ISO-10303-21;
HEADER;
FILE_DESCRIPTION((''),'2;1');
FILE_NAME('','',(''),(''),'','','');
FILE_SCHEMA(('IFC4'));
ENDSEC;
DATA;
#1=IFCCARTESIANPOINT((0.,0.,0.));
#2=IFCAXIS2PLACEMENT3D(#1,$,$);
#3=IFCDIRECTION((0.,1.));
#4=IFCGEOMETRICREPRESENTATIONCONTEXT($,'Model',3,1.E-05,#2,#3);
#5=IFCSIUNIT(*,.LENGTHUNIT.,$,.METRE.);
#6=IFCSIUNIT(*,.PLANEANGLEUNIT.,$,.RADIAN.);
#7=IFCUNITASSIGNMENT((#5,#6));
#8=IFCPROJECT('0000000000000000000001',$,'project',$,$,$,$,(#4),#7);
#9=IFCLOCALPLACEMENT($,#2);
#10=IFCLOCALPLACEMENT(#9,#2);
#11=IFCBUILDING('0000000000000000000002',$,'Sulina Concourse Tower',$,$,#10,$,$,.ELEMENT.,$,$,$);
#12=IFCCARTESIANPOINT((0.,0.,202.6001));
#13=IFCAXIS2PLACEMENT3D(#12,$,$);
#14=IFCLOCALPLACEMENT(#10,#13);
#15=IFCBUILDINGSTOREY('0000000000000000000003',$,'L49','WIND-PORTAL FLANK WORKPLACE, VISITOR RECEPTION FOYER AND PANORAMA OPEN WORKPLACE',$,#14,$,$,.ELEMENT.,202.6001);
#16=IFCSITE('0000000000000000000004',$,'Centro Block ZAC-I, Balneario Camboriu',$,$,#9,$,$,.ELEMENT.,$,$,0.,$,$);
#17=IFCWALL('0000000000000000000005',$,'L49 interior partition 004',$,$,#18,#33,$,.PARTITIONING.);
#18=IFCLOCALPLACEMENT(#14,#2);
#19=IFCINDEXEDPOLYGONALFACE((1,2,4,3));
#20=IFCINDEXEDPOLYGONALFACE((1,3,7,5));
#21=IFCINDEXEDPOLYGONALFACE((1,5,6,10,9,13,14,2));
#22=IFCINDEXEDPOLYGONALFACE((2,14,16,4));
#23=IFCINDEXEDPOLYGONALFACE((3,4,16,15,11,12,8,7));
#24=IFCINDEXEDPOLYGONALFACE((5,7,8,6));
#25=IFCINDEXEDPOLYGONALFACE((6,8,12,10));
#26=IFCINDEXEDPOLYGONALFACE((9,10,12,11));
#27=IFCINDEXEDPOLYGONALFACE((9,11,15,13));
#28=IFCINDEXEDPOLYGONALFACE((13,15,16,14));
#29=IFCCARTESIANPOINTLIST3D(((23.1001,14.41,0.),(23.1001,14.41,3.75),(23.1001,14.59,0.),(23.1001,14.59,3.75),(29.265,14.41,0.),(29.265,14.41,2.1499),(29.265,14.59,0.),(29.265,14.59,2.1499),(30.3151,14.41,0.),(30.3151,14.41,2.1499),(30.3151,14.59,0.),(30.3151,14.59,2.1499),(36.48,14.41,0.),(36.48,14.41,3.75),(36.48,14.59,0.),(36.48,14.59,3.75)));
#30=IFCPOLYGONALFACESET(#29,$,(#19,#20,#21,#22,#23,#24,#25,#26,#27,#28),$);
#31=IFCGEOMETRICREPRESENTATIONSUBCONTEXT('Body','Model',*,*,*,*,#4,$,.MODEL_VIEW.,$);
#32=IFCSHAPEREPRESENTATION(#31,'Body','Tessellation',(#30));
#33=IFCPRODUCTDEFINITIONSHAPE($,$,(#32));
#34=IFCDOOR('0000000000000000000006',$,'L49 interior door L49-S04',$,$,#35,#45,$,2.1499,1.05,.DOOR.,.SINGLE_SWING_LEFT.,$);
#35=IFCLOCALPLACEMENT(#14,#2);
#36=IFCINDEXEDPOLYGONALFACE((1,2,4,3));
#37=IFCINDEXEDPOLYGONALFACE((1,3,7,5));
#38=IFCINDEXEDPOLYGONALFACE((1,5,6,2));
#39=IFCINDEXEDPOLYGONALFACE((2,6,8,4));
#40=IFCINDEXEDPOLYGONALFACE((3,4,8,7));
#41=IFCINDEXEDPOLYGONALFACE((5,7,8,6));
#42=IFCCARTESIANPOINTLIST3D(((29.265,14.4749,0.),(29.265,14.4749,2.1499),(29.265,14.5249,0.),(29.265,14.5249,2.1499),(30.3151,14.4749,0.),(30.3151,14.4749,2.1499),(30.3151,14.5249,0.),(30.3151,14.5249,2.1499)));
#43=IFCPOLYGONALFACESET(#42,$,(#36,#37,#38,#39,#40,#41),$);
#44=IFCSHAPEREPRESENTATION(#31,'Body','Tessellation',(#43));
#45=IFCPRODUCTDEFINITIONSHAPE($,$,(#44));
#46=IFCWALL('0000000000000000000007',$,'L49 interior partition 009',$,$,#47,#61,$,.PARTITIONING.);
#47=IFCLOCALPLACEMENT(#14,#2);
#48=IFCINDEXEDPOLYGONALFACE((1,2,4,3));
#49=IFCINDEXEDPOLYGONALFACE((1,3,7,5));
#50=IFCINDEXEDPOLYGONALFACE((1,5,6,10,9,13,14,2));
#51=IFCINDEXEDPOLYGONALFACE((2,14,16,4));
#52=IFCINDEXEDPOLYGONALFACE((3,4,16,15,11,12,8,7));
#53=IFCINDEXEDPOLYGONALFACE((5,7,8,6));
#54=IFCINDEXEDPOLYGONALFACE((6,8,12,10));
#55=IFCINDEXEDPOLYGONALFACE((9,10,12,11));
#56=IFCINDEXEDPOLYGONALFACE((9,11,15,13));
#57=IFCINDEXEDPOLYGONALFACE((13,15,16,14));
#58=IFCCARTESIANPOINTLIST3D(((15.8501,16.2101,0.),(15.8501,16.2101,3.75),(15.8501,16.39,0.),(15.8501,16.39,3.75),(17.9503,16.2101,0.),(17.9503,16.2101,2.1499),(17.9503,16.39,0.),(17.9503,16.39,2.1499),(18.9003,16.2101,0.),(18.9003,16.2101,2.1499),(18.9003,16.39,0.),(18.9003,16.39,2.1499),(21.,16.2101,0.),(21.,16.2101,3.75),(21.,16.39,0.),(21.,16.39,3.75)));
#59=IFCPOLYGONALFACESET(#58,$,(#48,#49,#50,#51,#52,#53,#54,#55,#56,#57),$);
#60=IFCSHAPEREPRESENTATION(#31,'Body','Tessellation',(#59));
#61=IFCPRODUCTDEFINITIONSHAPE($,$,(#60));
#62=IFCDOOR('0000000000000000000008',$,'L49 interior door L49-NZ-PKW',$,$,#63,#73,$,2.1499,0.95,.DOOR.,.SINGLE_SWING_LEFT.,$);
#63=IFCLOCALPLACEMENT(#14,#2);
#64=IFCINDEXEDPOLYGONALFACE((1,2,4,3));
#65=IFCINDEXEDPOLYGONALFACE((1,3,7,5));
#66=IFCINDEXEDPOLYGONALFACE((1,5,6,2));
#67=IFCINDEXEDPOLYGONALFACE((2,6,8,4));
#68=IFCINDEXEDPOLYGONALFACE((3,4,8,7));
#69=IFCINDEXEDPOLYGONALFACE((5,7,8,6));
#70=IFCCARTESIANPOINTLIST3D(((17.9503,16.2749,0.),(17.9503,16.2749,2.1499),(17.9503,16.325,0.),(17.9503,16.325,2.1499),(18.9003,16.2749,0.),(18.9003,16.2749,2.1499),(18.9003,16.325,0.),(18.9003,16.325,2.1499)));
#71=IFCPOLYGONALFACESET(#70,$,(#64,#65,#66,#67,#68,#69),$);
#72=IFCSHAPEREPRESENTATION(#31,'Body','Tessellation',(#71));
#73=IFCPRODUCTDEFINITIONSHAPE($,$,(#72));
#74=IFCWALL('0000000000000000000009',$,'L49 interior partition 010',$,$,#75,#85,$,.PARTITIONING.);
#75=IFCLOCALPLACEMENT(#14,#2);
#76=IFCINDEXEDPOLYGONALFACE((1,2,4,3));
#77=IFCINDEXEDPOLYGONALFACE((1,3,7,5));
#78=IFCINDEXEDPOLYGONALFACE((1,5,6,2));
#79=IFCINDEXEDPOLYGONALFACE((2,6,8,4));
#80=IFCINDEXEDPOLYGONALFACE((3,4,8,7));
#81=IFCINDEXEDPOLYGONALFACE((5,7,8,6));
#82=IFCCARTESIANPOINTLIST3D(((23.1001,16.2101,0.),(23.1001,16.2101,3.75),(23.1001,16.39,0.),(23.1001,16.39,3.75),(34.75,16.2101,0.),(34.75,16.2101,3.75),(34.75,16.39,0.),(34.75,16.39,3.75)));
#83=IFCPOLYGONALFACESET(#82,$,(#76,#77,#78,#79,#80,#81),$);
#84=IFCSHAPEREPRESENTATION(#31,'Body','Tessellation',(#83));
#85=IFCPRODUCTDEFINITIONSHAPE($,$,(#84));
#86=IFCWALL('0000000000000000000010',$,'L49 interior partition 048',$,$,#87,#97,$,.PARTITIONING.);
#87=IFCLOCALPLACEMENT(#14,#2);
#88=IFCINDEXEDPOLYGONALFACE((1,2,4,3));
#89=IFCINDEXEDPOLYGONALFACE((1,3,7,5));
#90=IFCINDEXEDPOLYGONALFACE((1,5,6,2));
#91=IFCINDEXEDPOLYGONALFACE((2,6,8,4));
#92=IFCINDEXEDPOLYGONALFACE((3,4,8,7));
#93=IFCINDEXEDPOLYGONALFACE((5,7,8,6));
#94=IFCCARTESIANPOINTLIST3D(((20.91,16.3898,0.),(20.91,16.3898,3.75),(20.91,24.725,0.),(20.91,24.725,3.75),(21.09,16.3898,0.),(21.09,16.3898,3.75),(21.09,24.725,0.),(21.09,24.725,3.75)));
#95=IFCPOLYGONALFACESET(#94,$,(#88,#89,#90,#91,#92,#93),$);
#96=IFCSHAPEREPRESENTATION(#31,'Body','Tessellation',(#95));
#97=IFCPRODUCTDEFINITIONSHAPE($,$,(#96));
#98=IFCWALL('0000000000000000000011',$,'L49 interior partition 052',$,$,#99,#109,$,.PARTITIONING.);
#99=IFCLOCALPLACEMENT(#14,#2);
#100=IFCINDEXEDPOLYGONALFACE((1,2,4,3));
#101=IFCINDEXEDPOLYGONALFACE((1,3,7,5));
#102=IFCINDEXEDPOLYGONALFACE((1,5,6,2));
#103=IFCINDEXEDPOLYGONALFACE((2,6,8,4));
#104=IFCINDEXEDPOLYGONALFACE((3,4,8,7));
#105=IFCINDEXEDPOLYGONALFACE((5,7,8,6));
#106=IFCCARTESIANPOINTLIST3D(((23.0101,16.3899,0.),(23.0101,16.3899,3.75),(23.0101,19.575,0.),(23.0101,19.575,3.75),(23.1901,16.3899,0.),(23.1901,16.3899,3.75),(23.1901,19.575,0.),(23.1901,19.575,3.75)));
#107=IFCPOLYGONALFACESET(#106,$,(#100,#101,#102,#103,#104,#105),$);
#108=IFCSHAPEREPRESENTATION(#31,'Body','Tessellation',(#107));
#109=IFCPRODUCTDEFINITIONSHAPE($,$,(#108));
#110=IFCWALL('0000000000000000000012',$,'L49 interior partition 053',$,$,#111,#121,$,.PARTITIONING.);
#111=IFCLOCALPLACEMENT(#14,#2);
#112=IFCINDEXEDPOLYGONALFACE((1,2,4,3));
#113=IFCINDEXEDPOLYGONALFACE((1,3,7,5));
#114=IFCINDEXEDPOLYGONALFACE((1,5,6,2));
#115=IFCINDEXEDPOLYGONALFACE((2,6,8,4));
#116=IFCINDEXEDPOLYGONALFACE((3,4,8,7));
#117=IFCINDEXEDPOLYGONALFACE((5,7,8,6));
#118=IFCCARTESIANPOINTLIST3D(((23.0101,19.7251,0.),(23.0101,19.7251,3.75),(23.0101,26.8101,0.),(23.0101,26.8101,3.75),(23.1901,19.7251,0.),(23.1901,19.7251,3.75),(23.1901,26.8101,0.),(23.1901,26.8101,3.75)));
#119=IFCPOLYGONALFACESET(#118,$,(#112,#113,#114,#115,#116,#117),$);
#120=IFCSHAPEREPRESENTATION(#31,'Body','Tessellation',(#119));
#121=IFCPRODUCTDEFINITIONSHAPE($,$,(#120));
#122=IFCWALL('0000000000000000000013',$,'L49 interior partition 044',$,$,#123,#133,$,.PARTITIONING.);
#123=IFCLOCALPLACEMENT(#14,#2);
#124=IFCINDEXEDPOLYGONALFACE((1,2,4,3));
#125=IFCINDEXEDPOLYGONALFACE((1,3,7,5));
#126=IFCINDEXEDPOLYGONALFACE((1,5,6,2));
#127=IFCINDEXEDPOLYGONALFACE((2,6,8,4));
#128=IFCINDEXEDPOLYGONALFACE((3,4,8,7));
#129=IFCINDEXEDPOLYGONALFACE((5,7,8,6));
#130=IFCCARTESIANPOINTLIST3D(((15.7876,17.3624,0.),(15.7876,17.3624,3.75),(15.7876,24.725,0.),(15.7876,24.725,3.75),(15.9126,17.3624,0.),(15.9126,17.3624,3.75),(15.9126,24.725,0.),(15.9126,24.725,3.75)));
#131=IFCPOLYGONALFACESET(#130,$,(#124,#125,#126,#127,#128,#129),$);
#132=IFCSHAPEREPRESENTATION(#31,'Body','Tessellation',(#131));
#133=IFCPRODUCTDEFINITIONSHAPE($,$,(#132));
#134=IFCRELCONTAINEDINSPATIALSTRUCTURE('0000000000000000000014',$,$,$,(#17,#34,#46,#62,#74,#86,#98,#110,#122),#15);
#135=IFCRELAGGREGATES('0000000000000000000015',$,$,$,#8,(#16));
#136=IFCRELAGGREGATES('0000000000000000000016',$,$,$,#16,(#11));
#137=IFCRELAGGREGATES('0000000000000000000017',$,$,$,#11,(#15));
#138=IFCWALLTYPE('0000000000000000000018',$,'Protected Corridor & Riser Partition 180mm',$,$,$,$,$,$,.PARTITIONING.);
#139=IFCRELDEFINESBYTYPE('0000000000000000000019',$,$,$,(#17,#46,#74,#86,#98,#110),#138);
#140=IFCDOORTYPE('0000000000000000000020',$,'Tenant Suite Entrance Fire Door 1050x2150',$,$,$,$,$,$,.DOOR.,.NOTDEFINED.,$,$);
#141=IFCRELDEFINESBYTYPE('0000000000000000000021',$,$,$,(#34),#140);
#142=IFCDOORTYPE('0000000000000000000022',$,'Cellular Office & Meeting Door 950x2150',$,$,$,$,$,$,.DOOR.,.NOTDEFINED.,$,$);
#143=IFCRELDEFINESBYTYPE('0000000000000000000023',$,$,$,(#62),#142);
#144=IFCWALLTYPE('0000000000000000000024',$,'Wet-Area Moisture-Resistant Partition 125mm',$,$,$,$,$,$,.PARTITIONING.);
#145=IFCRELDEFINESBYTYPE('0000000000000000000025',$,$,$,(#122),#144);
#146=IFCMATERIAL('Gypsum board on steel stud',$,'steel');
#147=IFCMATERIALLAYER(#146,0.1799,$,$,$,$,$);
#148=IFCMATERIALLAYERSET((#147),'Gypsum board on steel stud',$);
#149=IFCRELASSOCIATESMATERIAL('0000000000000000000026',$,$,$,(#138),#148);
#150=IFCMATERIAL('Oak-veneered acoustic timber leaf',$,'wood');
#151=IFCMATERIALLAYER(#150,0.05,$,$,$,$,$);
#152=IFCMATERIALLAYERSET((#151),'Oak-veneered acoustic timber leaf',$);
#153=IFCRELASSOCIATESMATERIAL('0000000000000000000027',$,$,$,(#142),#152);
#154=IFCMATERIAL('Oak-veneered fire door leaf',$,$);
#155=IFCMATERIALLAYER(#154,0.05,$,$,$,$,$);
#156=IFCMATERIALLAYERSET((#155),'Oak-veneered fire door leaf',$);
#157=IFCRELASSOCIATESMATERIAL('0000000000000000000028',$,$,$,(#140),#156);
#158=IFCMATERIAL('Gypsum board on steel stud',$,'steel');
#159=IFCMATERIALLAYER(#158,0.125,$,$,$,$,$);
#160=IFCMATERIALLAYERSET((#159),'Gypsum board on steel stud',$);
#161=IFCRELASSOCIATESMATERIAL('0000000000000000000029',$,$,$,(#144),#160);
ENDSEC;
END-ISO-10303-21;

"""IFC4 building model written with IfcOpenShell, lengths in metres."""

from ifc_helpers import new_model, si_unit, direction, frame, frame_2d, origin, place, context, subcontext, project, spatial, rectangle, extrude, material, layer, layer_set, type_object, element, fill, save


model = new_model("IFC4")

# Units and contexts
model_context = context("Model", 3, precision=1e-05, world=origin(), true_north=direction((0.0, 1.0)))
body_context = subcontext(model_context, "Body", "Model", "MODEL_VIEW")
ifc_project = project(units=[si_unit("LENGTHUNIT", "METRE"), si_unit("PLANEANGLEUNIT", "RADIAN")], contexts=[model_context])

# Site, building, storey
site_placement = place(None, origin())
site = spatial("IfcSite", under=ifc_project, at=site_placement, Name="Centro Block ZAC-I, Balneario Camboriu", CompositionType="ELEMENT", RefElevation=0.0)
building_placement = place(site_placement, origin())
building = spatial("IfcBuilding", under=site, at=building_placement, Name="Sulina Concourse Tower", CompositionType="ELEMENT")
storey_placement = place(building_placement, frame((0.0, 0.0, 202.6001)))
storey = spatial("IfcBuildingStorey", under=building, at=storey_placement, Name="L49", Description="WIND-PORTAL FLANK WORKPLACE, VISITOR RECEPTION FOYER AND PANORAMA OPEN WORKPLACE", CompositionType="ELEMENT", Elevation=202.6001)

# Walls, openings, doors
ifc_material_1 = material(Name="Gypsum board on steel stud", Category="steel")
ifc_layer_1 = layer(ifc_material_1, 0.1799)
ifc_layer_set_1 = layer_set([ifc_layer_1], Name="Gypsum board on steel stud")
wall_type_1 = type_object("IfcWallType", Name="Protected Corridor & Riser Partition 180mm", PredefinedType="PARTITIONING", material=ifc_layer_set_1)
ifc_material_2 = material(Name="Oak-veneered acoustic timber leaf", Category="wood")
ifc_layer_2 = layer(ifc_material_2, 0.05)
ifc_layer_set_2 = layer_set([ifc_layer_2], Name="Oak-veneered acoustic timber leaf")
door_type_1 = type_object("IfcDoorType", Name="Cellular Office & Meeting Door 950x2150", OperationType="NOTDEFINED", PredefinedType="DOOR", material=ifc_layer_set_2)
wall_1_placement = place(storey_placement, frame((23.1001, 14.5, 0.0), z_axis=(0.0, 0.0, 1.0), x_axis=(1.0, 0.0, 0.0)))
wall_1 = element("IfcWall", 1, at=wall_1_placement, inside=storey, type_object=wall_type_1, Name="L49 interior partition 004", PredefinedType="PARTITIONING", context=body_context, shape_type="SweptSolid", body=[
    extrude(rectangle(XDim=13.3799, YDim=0.1799, at=frame_2d((6.6899, 0.0))), origin(), (0.0, 0.0, 1.0), 3.75),
])
opening_1_placement = place(wall_1_placement, frame((6.165, 0.0, 0.0)))
opening_1 = element("IfcOpeningElement", 2, at=opening_1_placement, cuts=wall_1, PredefinedType="OPENING", context=body_context, shape_type="SweptSolid", body=[
    extrude(rectangle(XDim=1.05, YDim=2.1499, at=frame_2d((0.5249, 1.075))), frame((0.0, 0.0999, 0.0), z_axis=(0.0, -1.0, 0.0), x_axis=(1.0, 0.0, 0.0)), (0.0, 0.0, 1.0), 0.2),
])
ifc_material_3 = material(Name="Oak-veneered fire door leaf")
ifc_layer_3 = layer(ifc_material_3, 0.05)
ifc_layer_set_3 = layer_set([ifc_layer_3], Name="Oak-veneered fire door leaf")
door_type_2 = type_object("IfcDoorType", Name="Tenant Suite Entrance Fire Door 1050x2150", OperationType="NOTDEFINED", PredefinedType="DOOR", material=ifc_layer_set_3)
door_1_placement = place(opening_1_placement, origin())
door_1 = element("IfcDoor", 3, at=door_1_placement, inside=storey, type_object=door_type_2, Name="L49 interior door L49-S04", OperationType="SINGLE_SWING_LEFT", OverallHeight=2.1499, OverallWidth=1.05, PredefinedType="DOOR", context=body_context, shape_type="SweptSolid", body=[
    extrude(rectangle(XDim=1.05, YDim=2.1499, at=frame_2d((0.5249, 1.075))), frame((0.0, 0.0249, 0.0), z_axis=(0.0, -1.0, 0.0), x_axis=(1.0, 0.0, 0.0)), (0.0, 0.0, 1.0), 0.05),
])
fill(opening_1, door_1)
wall_2_placement = place(storey_placement, frame((15.8501, 16.3, 0.0), z_axis=(0.0, 0.0, 1.0), x_axis=(1.0, 0.0, 0.0)))
wall_2 = element("IfcWall", 4, at=wall_2_placement, inside=storey, type_object=wall_type_1, Name="L49 interior partition 009", PredefinedType="PARTITIONING", context=body_context, shape_type="SweptSolid", body=[
    extrude(rectangle(XDim=5.1499, YDim=0.1799, at=frame_2d((2.575, 0.0))), origin(), (0.0, 0.0, 1.0), 3.75),
])
opening_2_placement = place(wall_2_placement, frame((2.1001, 0.0, 0.0)))
opening_2 = element("IfcOpeningElement", 5, at=opening_2_placement, cuts=wall_2, PredefinedType="OPENING", context=body_context, shape_type="SweptSolid", body=[
    extrude(rectangle(XDim=0.95, YDim=2.1499, at=frame_2d((0.4751, 1.075))), frame((0.0, 0.0999, 0.0), z_axis=(0.0, -1.0, 0.0), x_axis=(1.0, 0.0, 0.0)), (0.0, 0.0, 1.0), 0.2),
])
door_2_placement = place(opening_2_placement, origin())
door_2 = element("IfcDoor", 6, at=door_2_placement, inside=storey, type_object=door_type_1, Name="L49 interior door L49-NZ-PKW", OperationType="SINGLE_SWING_LEFT", OverallHeight=2.1499, OverallWidth=0.95, PredefinedType="DOOR", context=body_context, shape_type="SweptSolid", body=[
    extrude(rectangle(XDim=0.95, YDim=2.1499, at=frame_2d((0.4751, 1.075))), frame((0.0, 0.0249, 0.0), z_axis=(0.0, -1.0, 0.0), x_axis=(1.0, 0.0, 0.0)), (0.0, 0.0, 1.0), 0.05),
])
fill(opening_2, door_2)

# Walls
wall_3_placement = place(storey_placement, frame((23.1001, 16.3, 0.0), z_axis=(0.0, 0.0, 1.0), x_axis=(1.0, 0.0, 0.0)))
element("IfcWall", 7, at=wall_3_placement, inside=storey, type_object=wall_type_1, Name="L49 interior partition 010", PredefinedType="PARTITIONING", context=body_context, shape_type="SweptSolid", body=[
    extrude(rectangle(XDim=11.6499, YDim=0.1799, at=frame_2d((5.825, 0.0))), origin(), (0.0, 0.0, 1.0), 3.75),
])
wall_4_placement = place(storey_placement, frame((21.0, 16.3899, 0.0), z_axis=(0.0, 0.0, 1.0), x_axis=(0.0, 1.0, 0.0)))
element("IfcWall", 8, at=wall_4_placement, inside=storey, type_object=wall_type_1, Name="L49 interior partition 048", PredefinedType="PARTITIONING", context=body_context, shape_type="SweptSolid", body=[
    extrude(rectangle(XDim=8.3352, YDim=0.1799, at=frame_2d((4.1675, 0.0))), origin(), (0.0, 0.0, 1.0), 3.75),
])
wall_5_placement = place(storey_placement, frame((23.1001, 16.3899, 0.0), z_axis=(0.0, 0.0, 1.0), x_axis=(0.0, 1.0, 0.0)))
element("IfcWall", 9, at=wall_5_placement, inside=storey, type_object=wall_type_1, Name="L49 interior partition 052", PredefinedType="PARTITIONING", context=body_context, shape_type="SweptSolid", body=[
    extrude(rectangle(XDim=3.1851, YDim=0.1799, at=frame_2d((1.5925, 0.0))), origin(), (0.0, 0.0, 1.0), 3.75),
])
wall_6_placement = place(storey_placement, frame((23.1001, 19.7251, 0.0), z_axis=(0.0, 0.0, 1.0), x_axis=(0.0, 1.0, 0.0)))
element("IfcWall", 10, at=wall_6_placement, inside=storey, type_object=wall_type_1, Name="L49 interior partition 053", PredefinedType="PARTITIONING", context=body_context, shape_type="SweptSolid", body=[
    extrude(rectangle(XDim=7.085, YDim=0.1799, at=frame_2d((3.5425, 0.0))), origin(), (0.0, 0.0, 1.0), 3.75),
])
ifc_material_4 = material(Name="Gypsum board on steel stud", Category="steel")
ifc_layer_4 = layer(ifc_material_4, 0.125)
ifc_layer_set_4 = layer_set([ifc_layer_4], Name="Gypsum board on steel stud")
wall_type_2 = type_object("IfcWallType", Name="Wet-Area Moisture-Resistant Partition 125mm", PredefinedType="PARTITIONING", material=ifc_layer_set_4)
wall_7_placement = place(storey_placement, frame((15.8501, 17.3625, 0.0), z_axis=(0.0, 0.0, 1.0), x_axis=(0.0, 1.0, 0.0)))
element("IfcWall", 11, at=wall_7_placement, inside=storey, type_object=wall_type_2, Name="L49 interior partition 044", PredefinedType="PARTITIONING", context=body_context, shape_type="SweptSolid", body=[
    extrude(rectangle(XDim=7.3625, YDim=0.125, at=frame_2d((3.6812, 0.0))), origin(), (0.0, 0.0, 1.0), 3.75),
])

save(model, "model.ifc")
